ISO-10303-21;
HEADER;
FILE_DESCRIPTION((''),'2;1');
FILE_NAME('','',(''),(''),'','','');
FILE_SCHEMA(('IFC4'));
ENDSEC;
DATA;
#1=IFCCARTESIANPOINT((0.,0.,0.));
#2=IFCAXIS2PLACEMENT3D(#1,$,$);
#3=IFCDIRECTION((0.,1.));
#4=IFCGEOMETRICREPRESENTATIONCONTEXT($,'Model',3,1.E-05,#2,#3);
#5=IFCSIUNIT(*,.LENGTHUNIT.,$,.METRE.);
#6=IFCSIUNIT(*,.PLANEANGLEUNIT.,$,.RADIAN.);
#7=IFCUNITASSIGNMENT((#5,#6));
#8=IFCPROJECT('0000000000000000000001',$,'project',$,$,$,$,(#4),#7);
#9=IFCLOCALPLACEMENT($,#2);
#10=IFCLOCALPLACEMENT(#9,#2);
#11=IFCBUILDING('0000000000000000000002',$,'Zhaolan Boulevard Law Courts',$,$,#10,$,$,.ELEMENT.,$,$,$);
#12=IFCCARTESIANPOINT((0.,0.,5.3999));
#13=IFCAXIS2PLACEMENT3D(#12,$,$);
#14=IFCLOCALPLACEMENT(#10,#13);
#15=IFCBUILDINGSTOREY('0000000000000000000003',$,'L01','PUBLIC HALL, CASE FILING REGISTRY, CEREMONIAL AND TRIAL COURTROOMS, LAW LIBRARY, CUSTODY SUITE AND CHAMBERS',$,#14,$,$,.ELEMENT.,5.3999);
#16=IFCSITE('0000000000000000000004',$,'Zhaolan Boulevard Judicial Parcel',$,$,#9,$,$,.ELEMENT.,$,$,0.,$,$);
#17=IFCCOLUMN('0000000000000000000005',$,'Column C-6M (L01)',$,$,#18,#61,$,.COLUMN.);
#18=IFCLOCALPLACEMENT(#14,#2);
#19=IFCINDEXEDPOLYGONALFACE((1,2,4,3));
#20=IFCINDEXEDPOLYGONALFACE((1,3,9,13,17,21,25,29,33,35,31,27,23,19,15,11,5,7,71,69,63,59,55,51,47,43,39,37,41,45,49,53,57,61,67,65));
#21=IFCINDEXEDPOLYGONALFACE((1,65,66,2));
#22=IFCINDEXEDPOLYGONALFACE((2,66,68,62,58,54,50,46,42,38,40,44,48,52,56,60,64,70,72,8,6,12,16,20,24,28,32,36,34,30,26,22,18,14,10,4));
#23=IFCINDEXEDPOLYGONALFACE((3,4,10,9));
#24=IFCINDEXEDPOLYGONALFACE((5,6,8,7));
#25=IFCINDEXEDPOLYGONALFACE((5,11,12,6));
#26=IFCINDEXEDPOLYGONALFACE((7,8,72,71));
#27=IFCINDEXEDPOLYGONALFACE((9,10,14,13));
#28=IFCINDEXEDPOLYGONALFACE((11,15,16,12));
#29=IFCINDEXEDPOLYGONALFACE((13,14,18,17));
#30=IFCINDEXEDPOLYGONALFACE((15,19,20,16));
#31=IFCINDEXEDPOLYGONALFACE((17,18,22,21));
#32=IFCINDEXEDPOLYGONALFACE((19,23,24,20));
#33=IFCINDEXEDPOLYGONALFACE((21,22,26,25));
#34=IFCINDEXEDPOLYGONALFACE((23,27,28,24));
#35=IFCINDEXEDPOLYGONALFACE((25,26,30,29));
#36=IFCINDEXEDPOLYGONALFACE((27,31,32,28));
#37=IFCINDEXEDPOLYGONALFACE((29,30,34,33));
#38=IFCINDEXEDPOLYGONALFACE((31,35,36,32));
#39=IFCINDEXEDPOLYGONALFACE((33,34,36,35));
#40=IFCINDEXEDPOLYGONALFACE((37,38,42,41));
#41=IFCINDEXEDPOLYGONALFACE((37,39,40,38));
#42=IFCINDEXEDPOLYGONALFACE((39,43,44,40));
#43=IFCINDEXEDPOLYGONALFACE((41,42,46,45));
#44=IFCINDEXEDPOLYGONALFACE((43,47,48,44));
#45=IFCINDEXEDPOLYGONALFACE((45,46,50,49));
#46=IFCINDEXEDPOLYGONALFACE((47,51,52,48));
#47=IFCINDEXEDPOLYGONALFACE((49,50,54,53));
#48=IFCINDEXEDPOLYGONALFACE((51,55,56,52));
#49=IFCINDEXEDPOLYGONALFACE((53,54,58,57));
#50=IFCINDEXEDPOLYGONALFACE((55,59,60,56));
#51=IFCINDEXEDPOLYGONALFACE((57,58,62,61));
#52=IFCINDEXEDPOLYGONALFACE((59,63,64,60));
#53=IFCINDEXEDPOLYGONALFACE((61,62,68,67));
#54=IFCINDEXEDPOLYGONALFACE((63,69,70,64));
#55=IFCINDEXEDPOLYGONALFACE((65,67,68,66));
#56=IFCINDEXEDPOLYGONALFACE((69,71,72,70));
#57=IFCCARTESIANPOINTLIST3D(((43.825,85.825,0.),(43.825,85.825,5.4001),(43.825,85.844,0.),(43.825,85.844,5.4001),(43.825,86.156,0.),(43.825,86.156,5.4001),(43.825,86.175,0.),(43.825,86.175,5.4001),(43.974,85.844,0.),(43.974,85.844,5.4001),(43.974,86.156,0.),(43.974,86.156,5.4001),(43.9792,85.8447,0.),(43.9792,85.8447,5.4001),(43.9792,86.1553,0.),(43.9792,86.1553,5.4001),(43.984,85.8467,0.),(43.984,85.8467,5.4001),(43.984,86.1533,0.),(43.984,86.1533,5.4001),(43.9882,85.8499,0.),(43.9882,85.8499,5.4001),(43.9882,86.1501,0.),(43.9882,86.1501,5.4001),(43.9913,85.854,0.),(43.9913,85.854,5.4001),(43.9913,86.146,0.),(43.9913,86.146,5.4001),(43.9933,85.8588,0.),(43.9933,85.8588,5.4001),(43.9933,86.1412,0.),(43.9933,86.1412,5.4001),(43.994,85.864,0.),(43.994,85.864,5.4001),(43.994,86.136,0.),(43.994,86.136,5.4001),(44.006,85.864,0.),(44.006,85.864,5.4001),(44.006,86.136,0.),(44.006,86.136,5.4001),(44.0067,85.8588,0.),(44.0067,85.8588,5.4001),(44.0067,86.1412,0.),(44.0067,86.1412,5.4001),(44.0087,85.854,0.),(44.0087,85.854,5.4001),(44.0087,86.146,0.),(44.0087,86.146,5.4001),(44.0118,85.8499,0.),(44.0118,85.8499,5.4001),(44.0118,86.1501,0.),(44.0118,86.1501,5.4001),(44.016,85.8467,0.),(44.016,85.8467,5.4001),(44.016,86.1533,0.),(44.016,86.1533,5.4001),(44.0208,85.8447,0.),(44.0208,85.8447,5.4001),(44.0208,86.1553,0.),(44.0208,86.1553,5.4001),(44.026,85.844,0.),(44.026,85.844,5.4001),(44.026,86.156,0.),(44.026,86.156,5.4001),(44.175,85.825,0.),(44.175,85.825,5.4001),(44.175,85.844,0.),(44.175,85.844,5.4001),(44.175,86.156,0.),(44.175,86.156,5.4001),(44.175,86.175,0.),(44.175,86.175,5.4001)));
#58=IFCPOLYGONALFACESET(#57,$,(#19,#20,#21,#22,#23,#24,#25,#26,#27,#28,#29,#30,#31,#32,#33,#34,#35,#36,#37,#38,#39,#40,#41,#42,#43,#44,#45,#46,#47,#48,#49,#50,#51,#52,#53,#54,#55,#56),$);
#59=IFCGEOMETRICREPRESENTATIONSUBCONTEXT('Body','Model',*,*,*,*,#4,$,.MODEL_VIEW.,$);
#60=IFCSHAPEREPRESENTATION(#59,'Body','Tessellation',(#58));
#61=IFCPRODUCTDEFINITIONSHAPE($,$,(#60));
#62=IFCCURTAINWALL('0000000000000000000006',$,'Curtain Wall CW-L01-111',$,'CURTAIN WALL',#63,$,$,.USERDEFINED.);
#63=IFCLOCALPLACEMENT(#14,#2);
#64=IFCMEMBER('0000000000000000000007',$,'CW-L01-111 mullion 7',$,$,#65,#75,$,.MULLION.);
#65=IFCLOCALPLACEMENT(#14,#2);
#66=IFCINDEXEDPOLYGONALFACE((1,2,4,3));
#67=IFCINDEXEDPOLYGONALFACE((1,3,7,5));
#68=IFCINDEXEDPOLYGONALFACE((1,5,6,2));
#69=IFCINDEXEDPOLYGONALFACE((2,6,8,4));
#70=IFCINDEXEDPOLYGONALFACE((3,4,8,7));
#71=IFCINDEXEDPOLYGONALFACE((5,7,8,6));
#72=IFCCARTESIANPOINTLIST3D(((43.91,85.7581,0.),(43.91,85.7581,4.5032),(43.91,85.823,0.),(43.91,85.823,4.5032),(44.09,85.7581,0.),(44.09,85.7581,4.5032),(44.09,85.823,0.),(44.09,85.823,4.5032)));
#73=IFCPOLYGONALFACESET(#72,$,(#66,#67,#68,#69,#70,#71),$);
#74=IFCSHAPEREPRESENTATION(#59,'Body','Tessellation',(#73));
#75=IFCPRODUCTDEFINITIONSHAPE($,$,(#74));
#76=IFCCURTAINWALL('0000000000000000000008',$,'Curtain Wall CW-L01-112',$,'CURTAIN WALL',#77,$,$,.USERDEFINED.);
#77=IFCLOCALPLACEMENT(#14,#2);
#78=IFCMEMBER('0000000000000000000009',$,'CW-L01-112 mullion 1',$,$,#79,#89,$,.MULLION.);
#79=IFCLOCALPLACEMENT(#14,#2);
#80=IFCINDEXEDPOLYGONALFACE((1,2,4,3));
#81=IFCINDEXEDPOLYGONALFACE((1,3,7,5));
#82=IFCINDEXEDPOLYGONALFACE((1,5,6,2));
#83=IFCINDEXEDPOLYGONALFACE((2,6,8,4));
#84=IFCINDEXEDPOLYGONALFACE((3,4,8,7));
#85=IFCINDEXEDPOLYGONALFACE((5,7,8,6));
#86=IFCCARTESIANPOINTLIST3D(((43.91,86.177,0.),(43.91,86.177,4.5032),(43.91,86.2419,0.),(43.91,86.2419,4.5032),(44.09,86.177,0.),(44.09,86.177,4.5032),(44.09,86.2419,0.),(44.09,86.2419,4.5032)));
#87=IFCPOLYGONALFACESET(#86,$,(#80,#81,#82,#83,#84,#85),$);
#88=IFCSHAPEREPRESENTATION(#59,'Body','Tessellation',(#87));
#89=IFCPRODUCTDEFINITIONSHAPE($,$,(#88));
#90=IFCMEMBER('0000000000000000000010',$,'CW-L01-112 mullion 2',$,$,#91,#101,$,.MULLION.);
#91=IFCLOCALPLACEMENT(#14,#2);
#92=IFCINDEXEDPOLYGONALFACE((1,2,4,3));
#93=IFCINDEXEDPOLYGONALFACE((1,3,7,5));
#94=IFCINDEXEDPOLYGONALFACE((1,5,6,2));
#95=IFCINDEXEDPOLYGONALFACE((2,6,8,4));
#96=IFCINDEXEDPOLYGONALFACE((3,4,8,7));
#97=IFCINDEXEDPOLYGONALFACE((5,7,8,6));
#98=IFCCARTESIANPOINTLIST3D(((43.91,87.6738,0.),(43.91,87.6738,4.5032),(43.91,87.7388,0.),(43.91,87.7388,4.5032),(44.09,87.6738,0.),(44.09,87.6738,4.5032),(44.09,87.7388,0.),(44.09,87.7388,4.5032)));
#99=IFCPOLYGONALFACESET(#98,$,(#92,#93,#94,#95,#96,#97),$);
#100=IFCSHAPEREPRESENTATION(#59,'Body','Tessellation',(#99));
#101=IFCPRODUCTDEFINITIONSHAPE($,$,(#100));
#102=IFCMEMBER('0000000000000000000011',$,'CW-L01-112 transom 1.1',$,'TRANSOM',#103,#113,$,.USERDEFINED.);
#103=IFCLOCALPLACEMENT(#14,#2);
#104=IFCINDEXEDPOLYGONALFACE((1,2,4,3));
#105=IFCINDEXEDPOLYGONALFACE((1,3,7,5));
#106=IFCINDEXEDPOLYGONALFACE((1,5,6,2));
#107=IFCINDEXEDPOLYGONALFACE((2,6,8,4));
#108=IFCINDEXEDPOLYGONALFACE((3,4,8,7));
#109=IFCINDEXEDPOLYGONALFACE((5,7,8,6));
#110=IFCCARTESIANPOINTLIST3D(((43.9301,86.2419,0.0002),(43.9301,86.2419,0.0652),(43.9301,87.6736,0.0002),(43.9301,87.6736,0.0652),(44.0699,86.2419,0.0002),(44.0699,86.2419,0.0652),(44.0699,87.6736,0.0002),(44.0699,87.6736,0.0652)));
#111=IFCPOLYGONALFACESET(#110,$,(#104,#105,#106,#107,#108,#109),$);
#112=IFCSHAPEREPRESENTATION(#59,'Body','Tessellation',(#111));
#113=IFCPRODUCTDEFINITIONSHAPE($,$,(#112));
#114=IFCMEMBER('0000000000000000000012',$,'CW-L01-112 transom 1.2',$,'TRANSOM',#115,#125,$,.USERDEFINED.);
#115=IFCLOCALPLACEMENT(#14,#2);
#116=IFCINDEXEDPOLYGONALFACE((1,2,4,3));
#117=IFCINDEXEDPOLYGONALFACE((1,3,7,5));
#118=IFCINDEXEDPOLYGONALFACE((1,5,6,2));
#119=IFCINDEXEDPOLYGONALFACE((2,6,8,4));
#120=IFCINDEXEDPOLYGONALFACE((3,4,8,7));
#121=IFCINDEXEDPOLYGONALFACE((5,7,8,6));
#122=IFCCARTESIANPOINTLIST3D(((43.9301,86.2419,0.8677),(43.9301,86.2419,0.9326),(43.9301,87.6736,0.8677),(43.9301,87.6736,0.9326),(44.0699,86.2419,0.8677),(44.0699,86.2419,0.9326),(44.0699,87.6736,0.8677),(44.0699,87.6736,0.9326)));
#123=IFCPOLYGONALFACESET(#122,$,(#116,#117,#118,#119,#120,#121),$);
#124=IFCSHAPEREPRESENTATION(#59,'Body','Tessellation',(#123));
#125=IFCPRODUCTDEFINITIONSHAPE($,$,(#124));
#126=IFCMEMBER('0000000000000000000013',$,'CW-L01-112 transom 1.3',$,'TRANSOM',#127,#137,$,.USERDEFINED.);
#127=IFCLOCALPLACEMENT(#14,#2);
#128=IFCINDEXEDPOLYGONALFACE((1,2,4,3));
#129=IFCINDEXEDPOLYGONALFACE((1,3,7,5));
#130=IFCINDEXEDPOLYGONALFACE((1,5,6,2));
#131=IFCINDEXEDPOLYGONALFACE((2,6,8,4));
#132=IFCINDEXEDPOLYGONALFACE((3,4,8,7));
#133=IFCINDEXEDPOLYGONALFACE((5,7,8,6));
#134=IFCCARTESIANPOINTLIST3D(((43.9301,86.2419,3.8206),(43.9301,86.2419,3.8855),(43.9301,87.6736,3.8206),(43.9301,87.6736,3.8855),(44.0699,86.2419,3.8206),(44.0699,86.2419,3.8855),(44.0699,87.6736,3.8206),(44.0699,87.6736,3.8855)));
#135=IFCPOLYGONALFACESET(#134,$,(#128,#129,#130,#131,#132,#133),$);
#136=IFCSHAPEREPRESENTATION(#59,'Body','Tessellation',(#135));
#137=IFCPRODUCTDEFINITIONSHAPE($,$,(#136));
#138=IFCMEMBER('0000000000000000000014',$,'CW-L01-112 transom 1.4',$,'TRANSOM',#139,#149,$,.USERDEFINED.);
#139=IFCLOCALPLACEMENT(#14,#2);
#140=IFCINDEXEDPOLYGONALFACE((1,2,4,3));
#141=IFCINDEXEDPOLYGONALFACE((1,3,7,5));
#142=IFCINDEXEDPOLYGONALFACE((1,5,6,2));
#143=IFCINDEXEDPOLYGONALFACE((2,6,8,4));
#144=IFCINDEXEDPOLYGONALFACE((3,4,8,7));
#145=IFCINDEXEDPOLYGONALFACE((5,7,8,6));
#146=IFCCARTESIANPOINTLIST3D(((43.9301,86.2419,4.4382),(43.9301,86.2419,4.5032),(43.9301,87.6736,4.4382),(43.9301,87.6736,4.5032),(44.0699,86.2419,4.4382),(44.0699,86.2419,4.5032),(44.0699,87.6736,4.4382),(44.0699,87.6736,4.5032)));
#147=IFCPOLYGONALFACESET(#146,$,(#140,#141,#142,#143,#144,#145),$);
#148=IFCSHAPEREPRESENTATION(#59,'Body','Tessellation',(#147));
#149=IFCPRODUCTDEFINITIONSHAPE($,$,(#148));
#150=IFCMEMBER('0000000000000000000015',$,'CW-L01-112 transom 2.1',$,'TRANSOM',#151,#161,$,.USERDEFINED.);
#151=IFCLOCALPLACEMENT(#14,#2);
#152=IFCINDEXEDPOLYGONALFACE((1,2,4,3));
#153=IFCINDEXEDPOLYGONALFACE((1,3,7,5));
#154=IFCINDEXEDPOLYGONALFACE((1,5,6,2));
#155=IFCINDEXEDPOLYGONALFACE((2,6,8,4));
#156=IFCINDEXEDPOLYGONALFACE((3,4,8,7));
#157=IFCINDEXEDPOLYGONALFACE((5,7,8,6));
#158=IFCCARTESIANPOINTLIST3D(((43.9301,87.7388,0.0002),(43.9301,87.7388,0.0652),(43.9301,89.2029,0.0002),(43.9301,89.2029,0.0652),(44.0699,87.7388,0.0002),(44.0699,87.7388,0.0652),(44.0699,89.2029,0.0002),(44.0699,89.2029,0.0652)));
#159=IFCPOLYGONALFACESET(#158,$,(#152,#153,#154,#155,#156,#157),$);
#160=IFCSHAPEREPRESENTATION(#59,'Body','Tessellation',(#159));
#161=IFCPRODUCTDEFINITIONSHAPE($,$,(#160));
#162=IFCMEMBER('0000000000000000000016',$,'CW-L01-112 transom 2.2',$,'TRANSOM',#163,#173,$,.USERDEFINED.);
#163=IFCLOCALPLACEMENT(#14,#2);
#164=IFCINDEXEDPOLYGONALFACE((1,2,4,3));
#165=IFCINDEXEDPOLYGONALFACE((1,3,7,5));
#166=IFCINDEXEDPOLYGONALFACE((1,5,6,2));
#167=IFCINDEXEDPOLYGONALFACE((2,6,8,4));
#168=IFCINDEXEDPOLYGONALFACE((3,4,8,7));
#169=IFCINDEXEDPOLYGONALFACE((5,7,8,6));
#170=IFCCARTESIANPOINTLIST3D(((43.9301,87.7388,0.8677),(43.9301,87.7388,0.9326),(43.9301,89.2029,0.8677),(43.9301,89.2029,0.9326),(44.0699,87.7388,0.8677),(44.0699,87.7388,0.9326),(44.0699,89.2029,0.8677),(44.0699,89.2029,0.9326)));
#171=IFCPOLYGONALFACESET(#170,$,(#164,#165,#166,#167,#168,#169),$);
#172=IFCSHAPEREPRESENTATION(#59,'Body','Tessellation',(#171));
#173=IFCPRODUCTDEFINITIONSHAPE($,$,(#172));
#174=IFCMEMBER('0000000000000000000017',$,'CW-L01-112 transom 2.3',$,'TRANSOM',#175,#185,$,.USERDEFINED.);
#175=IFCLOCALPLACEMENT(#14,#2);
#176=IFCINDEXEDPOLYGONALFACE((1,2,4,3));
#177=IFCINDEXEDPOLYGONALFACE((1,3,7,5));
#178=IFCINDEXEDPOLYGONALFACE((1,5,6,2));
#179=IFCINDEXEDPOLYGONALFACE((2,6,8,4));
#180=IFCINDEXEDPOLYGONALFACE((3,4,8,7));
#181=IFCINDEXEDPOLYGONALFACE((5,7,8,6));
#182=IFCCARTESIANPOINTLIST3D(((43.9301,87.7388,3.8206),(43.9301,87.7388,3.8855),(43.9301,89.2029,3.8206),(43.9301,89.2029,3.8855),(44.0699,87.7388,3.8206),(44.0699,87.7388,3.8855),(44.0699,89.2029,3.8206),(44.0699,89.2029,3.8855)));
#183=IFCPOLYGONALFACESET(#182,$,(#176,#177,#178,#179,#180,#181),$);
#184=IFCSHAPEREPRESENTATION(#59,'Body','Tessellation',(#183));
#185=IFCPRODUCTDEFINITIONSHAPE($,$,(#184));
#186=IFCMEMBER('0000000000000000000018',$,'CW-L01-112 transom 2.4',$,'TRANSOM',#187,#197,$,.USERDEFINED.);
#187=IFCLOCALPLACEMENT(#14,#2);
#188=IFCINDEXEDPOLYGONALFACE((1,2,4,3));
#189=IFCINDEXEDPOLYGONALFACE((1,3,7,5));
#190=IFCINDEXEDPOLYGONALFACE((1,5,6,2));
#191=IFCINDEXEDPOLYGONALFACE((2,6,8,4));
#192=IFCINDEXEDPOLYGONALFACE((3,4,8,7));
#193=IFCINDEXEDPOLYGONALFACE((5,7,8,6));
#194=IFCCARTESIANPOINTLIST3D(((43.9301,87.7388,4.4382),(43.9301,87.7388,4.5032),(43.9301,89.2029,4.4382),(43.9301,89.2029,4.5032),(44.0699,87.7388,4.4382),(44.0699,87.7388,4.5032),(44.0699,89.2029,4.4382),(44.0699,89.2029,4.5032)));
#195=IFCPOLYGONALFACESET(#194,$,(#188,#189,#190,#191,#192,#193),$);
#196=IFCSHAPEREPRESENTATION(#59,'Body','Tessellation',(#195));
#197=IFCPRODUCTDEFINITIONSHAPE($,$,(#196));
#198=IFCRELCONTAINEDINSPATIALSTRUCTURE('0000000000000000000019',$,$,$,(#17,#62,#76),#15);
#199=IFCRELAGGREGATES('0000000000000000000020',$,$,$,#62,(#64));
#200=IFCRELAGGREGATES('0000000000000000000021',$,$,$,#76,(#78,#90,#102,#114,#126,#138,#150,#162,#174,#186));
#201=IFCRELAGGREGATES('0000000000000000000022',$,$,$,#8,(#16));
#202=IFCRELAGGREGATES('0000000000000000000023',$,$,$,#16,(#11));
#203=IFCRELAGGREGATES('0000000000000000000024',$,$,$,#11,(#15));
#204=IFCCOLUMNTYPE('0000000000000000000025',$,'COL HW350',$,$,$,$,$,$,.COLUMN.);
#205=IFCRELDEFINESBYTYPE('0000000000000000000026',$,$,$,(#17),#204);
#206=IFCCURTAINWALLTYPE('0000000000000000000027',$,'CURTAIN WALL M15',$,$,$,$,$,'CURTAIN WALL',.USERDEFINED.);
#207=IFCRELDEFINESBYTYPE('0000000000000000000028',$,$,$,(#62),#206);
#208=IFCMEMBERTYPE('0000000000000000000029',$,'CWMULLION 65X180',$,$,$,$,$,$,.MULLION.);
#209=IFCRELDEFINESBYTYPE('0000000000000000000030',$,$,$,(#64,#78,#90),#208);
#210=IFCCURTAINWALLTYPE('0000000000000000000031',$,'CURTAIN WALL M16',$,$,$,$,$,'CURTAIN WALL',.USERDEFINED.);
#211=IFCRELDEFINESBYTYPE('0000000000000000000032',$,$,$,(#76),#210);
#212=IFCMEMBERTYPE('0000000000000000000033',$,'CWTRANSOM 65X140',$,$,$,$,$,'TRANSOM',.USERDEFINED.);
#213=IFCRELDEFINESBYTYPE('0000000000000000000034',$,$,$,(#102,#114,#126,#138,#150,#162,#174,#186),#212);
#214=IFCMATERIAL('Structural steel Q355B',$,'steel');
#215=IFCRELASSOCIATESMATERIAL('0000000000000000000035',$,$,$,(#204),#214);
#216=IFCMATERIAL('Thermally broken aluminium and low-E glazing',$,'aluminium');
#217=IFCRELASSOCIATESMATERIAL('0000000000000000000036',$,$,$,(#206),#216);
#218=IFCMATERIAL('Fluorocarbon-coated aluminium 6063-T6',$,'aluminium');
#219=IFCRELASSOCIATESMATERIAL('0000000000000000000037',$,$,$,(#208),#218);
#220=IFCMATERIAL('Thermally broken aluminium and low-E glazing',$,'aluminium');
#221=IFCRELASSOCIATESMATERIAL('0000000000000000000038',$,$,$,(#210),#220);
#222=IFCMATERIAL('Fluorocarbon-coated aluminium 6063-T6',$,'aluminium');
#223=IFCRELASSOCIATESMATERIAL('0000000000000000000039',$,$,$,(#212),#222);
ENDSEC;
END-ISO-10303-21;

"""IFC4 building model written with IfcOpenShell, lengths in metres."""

from ifc_helpers import new_model, si_unit, direction, frame, origin, origin_2d, place, context, subcontext, project, spatial, rectangle, i_section, extrude, material, material_profile, profile_set, type_object, element, aggregate, save


model = new_model("IFC4")

# Units and contexts
model_context = context("Model", 3, precision=1e-05, world=origin(), true_north=direction((0.0, 1.0)))
body_context = subcontext(model_context, "Body", "Model", "MODEL_VIEW")
ifc_project = project(units=[si_unit("LENGTHUNIT", "METRE"), si_unit("PLANEANGLEUNIT", "RADIAN")], contexts=[model_context])

# Site, building, storey
site_placement = place(None, origin())
site = spatial("IfcSite", under=ifc_project, at=site_placement, Name="Zhaolan Boulevard Judicial Parcel", CompositionType="ELEMENT", RefElevation=0.0)
building_placement = place(site_placement, origin())
building = spatial("IfcBuilding", under=site, at=building_placement, Name="Zhaolan Boulevard Law Courts", CompositionType="ELEMENT")
storey_placement = place(building_placement, frame((0.0, 0.0, 5.3999)))
storey = spatial("IfcBuildingStorey", under=building, at=storey_placement, Name="L01", Description="PUBLIC HALL, CASE FILING REGISTRY, CEREMONIAL AND TRIAL COURTROOMS, LAW LIBRARY, CUSTODY SUITE AND CHAMBERS", CompositionType="ELEMENT", Elevation=5.3999)

# Column
ifc_material_1 = material(Name="Structural steel Q355B", Category="steel")
ifc_material_profile_1 = material_profile(ifc_material_1, i_section(OverallWidth=0.3501, OverallDepth=0.3501, WebThickness=0.012, FlangeThickness=0.019, FilletRadius=0.02, at=origin_2d()), Name="HW350x350")
ifc_profile_set_1 = profile_set([ifc_material_profile_1], Name="Structural steel Q355B")
column_type = type_object("IfcColumnType", Name="COL HW350", PredefinedType="COLUMN", material=ifc_profile_set_1)
column_placement = place(storey_placement, frame((44.0, 86.0, 0.0), z_axis=(0.0, 0.0, 1.0), x_axis=(1.0, 0.0, 0.0)))
element("IfcColumn", 1, at=column_placement, inside=storey, type_object=column_type, Name="Column C-6M (L01)", PredefinedType="COLUMN", context=body_context, shape_type="SweptSolid", body=[
    extrude(i_section(OverallWidth=0.3501, OverallDepth=0.3501, WebThickness=0.012, FlangeThickness=0.019, FilletRadius=0.02, at=origin_2d()), origin(), (0.0, 0.0, 1.0), 5.4001),
])

# Curtain wall, member
ifc_material_2 = material(Name="Thermally broken aluminium and low-E glazing", Category="aluminium")
curtain_wall_type_1 = type_object("IfcCurtainWallType", Name="CURTAIN WALL M15", ElementType="CURTAIN WALL", PredefinedType="USERDEFINED", material=ifc_material_2)
curtain_wall_1_placement = place(storey_placement, origin())
curtain_wall_1 = element("IfcCurtainWall", 2, at=curtain_wall_1_placement, inside=storey, type_object=curtain_wall_type_1, Name="Curtain Wall CW-L01-111", ObjectType="CURTAIN WALL", PredefinedType="USERDEFINED")
ifc_material_3 = material(Name="Fluorocarbon-coated aluminium 6063-T6", Category="aluminium")
ifc_material_profile_2 = material_profile(ifc_material_3, rectangle(XDim=0.1799, YDim=0.0649, at=origin_2d()), Name="AL65x180")
ifc_profile_set_2 = profile_set([ifc_material_profile_2], Name="Fluorocarbon-coated aluminium 6063-T6")
member_type_1 = type_object("IfcMemberType", Name="CWMULLION 65X180", PredefinedType="MULLION", material=ifc_profile_set_2)
member_1_placement = place(storey_placement, frame((44.0, 85.7905, 0.0), z_axis=(0.0, 0.0, 1.0), x_axis=(-1.0, 0.0, 0.0)))
member_1 = element("IfcMember", 3, at=member_1_placement, type_object=member_type_1, Name="CW-L01-111 mullion 7", PredefinedType="MULLION", context=body_context, shape_type="SweptSolid", body=[
    extrude(rectangle(XDim=0.1799, YDim=0.0649, at=origin_2d()), origin(), (0.0, 0.0, 1.0), 4.5032),
])

# Curtain wall, members
ifc_material_4 = material(Name="Thermally broken aluminium and low-E glazing", Category="aluminium")
curtain_wall_type_2 = type_object("IfcCurtainWallType", Name="CURTAIN WALL M16", ElementType="CURTAIN WALL", PredefinedType="USERDEFINED", material=ifc_material_4)
curtain_wall_2_placement = place(storey_placement, origin())
curtain_wall_2 = element("IfcCurtainWall", 4, at=curtain_wall_2_placement, inside=storey, type_object=curtain_wall_type_2, Name="Curtain Wall CW-L01-112", ObjectType="CURTAIN WALL", PredefinedType="USERDEFINED")
member_2_placement = place(storey_placement, frame((44.0, 86.2095, 0.0), z_axis=(0.0, 0.0, 1.0), x_axis=(-1.0, 0.0, 0.0)))
member_2 = element("IfcMember", 5, at=member_2_placement, type_object=member_type_1, Name="CW-L01-112 mullion 1", PredefinedType="MULLION", context=body_context, shape_type="SweptSolid", body=[
    extrude(rectangle(XDim=0.1799, YDim=0.0649, at=origin_2d()), origin(), (0.0, 0.0, 1.0), 4.5032),
])
member_3_placement = place(storey_placement, frame((44.0, 87.7063, 0.0), z_axis=(0.0, 0.0, 1.0), x_axis=(-1.0, 0.0, 0.0)))
member_3 = element("IfcMember", 6, at=member_3_placement, type_object=member_type_1, Name="CW-L01-112 mullion 2", PredefinedType="MULLION", context=body_context, shape_type="SweptSolid", body=[
    extrude(rectangle(XDim=0.1799, YDim=0.0649, at=origin_2d()), origin(), (0.0, 0.0, 1.0), 4.5032),
])
ifc_material_5 = material(Name="Fluorocarbon-coated aluminium 6063-T6", Category="aluminium")
ifc_material_profile_3 = material_profile(ifc_material_5, rectangle(XDim=0.1399, YDim=0.0649, at=origin_2d()), Name="AL65x140")
ifc_profile_set_3 = profile_set([ifc_material_profile_3], Name="Fluorocarbon-coated aluminium 6063-T6")
member_type_2 = type_object("IfcMemberType", Name="CWTRANSOM 65X140", ElementType="TRANSOM", PredefinedType="USERDEFINED", material=ifc_profile_set_3)
member_4_placement = place(storey_placement, frame((44.0, 86.2419, 0.0327), z_axis=(0.0, 1.0, 0.0), x_axis=(-1.0, 0.0, 0.0)))
member_4 = element("IfcMember", 7, at=member_4_placement, type_object=member_type_2, Name="CW-L01-112 transom 1.1", ObjectType="TRANSOM", PredefinedType="USERDEFINED", context=body_context, shape_type="SweptSolid", body=[
    extrude(rectangle(XDim=0.1399, YDim=0.0649, at=origin_2d()), origin(), (0.0, 0.0, 1.0), 1.4316),
])
member_5_placement = place(storey_placement, frame((44.0, 86.2419, 0.9001), z_axis=(0.0, 1.0, 0.0), x_axis=(-1.0, 0.0, 0.0)))
member_5 = element("IfcMember", 8, at=member_5_placement, type_object=member_type_2, Name="CW-L01-112 transom 1.2", ObjectType="TRANSOM", PredefinedType="USERDEFINED", context=body_context, shape_type="SweptSolid", body=[
    extrude(rectangle(XDim=0.1399, YDim=0.0649, at=origin_2d()), origin(), (0.0, 0.0, 1.0), 1.4316),
])
member_6_placement = place(storey_placement, frame((44.0, 86.2419, 3.853), z_axis=(0.0, 1.0, 0.0), x_axis=(-1.0, 0.0, 0.0)))
member_6 = element("IfcMember", 9, at=member_6_placement, type_object=member_type_2, Name="CW-L01-112 transom 1.3", ObjectType="TRANSOM", PredefinedType="USERDEFINED", context=body_context, shape_type="SweptSolid", body=[
    extrude(rectangle(XDim=0.1399, YDim=0.0649, at=origin_2d()), origin(), (0.0, 0.0, 1.0), 1.4316),
])
member_7_placement = place(storey_placement, frame((44.0, 86.2419, 4.4707), z_axis=(0.0, 1.0, 0.0), x_axis=(-1.0, 0.0, 0.0)))
member_7 = element("IfcMember", 10, at=member_7_placement, type_object=member_type_2, Name="CW-L01-112 transom 1.4", ObjectType="TRANSOM", PredefinedType="USERDEFINED", context=body_context, shape_type="SweptSolid", body=[
    extrude(rectangle(XDim=0.1399, YDim=0.0649, at=origin_2d()), origin(), (0.0, 0.0, 1.0), 1.4316),
])
member_8_placement = place(storey_placement, frame((44.0, 87.7388, 0.0327), z_axis=(0.0, 1.0, 0.0), x_axis=(-1.0, 0.0, 0.0)))
member_8 = element("IfcMember", 11, at=member_8_placement, type_object=member_type_2, Name="CW-L01-112 transom 2.1", ObjectType="TRANSOM", PredefinedType="USERDEFINED", context=body_context, shape_type="SweptSolid", body=[
    extrude(rectangle(XDim=0.1399, YDim=0.0649, at=origin_2d()), origin(), (0.0, 0.0, 1.0), 1.4641),
])
member_9_placement = place(storey_placement, frame((44.0, 87.7388, 0.9001), z_axis=(0.0, 1.0, 0.0), x_axis=(-1.0, 0.0, 0.0)))
member_9 = element("IfcMember", 12, at=member_9_placement, type_object=member_type_2, Name="CW-L01-112 transom 2.2", ObjectType="TRANSOM", PredefinedType="USERDEFINED", context=body_context, shape_type="SweptSolid", body=[
    extrude(rectangle(XDim=0.1399, YDim=0.0649, at=origin_2d()), origin(), (0.0, 0.0, 1.0), 1.4641),
])
member_10_placement = place(storey_placement, frame((44.0, 87.7388, 3.853), z_axis=(0.0, 1.0, 0.0), x_axis=(-1.0, 0.0, 0.0)))
member_10 = element("IfcMember", 13, at=member_10_placement, type_object=member_type_2, Name="CW-L01-112 transom 2.3", ObjectType="TRANSOM", PredefinedType="USERDEFINED", context=body_context, shape_type="SweptSolid", body=[
    extrude(rectangle(XDim=0.1399, YDim=0.0649, at=origin_2d()), origin(), (0.0, 0.0, 1.0), 1.4641),
])
member_11_placement = place(storey_placement, frame((44.0, 87.7388, 4.4707), z_axis=(0.0, 1.0, 0.0), x_axis=(-1.0, 0.0, 0.0)))
member_11 = element("IfcMember", 14, at=member_11_placement, type_object=member_type_2, Name="CW-L01-112 transom 2.4", ObjectType="TRANSOM", PredefinedType="USERDEFINED", context=body_context, shape_type="SweptSolid", body=[
    extrude(rectangle(XDim=0.1399, YDim=0.0649, at=origin_2d()), origin(), (0.0, 0.0, 1.0), 1.4641),
])

aggregate(curtain_wall_1, [member_1])
aggregate(curtain_wall_2, [member_2, member_3, member_4, member_5, member_6, member_7, member_8, member_9, member_10, member_11])

save(model, "model.ifc")
